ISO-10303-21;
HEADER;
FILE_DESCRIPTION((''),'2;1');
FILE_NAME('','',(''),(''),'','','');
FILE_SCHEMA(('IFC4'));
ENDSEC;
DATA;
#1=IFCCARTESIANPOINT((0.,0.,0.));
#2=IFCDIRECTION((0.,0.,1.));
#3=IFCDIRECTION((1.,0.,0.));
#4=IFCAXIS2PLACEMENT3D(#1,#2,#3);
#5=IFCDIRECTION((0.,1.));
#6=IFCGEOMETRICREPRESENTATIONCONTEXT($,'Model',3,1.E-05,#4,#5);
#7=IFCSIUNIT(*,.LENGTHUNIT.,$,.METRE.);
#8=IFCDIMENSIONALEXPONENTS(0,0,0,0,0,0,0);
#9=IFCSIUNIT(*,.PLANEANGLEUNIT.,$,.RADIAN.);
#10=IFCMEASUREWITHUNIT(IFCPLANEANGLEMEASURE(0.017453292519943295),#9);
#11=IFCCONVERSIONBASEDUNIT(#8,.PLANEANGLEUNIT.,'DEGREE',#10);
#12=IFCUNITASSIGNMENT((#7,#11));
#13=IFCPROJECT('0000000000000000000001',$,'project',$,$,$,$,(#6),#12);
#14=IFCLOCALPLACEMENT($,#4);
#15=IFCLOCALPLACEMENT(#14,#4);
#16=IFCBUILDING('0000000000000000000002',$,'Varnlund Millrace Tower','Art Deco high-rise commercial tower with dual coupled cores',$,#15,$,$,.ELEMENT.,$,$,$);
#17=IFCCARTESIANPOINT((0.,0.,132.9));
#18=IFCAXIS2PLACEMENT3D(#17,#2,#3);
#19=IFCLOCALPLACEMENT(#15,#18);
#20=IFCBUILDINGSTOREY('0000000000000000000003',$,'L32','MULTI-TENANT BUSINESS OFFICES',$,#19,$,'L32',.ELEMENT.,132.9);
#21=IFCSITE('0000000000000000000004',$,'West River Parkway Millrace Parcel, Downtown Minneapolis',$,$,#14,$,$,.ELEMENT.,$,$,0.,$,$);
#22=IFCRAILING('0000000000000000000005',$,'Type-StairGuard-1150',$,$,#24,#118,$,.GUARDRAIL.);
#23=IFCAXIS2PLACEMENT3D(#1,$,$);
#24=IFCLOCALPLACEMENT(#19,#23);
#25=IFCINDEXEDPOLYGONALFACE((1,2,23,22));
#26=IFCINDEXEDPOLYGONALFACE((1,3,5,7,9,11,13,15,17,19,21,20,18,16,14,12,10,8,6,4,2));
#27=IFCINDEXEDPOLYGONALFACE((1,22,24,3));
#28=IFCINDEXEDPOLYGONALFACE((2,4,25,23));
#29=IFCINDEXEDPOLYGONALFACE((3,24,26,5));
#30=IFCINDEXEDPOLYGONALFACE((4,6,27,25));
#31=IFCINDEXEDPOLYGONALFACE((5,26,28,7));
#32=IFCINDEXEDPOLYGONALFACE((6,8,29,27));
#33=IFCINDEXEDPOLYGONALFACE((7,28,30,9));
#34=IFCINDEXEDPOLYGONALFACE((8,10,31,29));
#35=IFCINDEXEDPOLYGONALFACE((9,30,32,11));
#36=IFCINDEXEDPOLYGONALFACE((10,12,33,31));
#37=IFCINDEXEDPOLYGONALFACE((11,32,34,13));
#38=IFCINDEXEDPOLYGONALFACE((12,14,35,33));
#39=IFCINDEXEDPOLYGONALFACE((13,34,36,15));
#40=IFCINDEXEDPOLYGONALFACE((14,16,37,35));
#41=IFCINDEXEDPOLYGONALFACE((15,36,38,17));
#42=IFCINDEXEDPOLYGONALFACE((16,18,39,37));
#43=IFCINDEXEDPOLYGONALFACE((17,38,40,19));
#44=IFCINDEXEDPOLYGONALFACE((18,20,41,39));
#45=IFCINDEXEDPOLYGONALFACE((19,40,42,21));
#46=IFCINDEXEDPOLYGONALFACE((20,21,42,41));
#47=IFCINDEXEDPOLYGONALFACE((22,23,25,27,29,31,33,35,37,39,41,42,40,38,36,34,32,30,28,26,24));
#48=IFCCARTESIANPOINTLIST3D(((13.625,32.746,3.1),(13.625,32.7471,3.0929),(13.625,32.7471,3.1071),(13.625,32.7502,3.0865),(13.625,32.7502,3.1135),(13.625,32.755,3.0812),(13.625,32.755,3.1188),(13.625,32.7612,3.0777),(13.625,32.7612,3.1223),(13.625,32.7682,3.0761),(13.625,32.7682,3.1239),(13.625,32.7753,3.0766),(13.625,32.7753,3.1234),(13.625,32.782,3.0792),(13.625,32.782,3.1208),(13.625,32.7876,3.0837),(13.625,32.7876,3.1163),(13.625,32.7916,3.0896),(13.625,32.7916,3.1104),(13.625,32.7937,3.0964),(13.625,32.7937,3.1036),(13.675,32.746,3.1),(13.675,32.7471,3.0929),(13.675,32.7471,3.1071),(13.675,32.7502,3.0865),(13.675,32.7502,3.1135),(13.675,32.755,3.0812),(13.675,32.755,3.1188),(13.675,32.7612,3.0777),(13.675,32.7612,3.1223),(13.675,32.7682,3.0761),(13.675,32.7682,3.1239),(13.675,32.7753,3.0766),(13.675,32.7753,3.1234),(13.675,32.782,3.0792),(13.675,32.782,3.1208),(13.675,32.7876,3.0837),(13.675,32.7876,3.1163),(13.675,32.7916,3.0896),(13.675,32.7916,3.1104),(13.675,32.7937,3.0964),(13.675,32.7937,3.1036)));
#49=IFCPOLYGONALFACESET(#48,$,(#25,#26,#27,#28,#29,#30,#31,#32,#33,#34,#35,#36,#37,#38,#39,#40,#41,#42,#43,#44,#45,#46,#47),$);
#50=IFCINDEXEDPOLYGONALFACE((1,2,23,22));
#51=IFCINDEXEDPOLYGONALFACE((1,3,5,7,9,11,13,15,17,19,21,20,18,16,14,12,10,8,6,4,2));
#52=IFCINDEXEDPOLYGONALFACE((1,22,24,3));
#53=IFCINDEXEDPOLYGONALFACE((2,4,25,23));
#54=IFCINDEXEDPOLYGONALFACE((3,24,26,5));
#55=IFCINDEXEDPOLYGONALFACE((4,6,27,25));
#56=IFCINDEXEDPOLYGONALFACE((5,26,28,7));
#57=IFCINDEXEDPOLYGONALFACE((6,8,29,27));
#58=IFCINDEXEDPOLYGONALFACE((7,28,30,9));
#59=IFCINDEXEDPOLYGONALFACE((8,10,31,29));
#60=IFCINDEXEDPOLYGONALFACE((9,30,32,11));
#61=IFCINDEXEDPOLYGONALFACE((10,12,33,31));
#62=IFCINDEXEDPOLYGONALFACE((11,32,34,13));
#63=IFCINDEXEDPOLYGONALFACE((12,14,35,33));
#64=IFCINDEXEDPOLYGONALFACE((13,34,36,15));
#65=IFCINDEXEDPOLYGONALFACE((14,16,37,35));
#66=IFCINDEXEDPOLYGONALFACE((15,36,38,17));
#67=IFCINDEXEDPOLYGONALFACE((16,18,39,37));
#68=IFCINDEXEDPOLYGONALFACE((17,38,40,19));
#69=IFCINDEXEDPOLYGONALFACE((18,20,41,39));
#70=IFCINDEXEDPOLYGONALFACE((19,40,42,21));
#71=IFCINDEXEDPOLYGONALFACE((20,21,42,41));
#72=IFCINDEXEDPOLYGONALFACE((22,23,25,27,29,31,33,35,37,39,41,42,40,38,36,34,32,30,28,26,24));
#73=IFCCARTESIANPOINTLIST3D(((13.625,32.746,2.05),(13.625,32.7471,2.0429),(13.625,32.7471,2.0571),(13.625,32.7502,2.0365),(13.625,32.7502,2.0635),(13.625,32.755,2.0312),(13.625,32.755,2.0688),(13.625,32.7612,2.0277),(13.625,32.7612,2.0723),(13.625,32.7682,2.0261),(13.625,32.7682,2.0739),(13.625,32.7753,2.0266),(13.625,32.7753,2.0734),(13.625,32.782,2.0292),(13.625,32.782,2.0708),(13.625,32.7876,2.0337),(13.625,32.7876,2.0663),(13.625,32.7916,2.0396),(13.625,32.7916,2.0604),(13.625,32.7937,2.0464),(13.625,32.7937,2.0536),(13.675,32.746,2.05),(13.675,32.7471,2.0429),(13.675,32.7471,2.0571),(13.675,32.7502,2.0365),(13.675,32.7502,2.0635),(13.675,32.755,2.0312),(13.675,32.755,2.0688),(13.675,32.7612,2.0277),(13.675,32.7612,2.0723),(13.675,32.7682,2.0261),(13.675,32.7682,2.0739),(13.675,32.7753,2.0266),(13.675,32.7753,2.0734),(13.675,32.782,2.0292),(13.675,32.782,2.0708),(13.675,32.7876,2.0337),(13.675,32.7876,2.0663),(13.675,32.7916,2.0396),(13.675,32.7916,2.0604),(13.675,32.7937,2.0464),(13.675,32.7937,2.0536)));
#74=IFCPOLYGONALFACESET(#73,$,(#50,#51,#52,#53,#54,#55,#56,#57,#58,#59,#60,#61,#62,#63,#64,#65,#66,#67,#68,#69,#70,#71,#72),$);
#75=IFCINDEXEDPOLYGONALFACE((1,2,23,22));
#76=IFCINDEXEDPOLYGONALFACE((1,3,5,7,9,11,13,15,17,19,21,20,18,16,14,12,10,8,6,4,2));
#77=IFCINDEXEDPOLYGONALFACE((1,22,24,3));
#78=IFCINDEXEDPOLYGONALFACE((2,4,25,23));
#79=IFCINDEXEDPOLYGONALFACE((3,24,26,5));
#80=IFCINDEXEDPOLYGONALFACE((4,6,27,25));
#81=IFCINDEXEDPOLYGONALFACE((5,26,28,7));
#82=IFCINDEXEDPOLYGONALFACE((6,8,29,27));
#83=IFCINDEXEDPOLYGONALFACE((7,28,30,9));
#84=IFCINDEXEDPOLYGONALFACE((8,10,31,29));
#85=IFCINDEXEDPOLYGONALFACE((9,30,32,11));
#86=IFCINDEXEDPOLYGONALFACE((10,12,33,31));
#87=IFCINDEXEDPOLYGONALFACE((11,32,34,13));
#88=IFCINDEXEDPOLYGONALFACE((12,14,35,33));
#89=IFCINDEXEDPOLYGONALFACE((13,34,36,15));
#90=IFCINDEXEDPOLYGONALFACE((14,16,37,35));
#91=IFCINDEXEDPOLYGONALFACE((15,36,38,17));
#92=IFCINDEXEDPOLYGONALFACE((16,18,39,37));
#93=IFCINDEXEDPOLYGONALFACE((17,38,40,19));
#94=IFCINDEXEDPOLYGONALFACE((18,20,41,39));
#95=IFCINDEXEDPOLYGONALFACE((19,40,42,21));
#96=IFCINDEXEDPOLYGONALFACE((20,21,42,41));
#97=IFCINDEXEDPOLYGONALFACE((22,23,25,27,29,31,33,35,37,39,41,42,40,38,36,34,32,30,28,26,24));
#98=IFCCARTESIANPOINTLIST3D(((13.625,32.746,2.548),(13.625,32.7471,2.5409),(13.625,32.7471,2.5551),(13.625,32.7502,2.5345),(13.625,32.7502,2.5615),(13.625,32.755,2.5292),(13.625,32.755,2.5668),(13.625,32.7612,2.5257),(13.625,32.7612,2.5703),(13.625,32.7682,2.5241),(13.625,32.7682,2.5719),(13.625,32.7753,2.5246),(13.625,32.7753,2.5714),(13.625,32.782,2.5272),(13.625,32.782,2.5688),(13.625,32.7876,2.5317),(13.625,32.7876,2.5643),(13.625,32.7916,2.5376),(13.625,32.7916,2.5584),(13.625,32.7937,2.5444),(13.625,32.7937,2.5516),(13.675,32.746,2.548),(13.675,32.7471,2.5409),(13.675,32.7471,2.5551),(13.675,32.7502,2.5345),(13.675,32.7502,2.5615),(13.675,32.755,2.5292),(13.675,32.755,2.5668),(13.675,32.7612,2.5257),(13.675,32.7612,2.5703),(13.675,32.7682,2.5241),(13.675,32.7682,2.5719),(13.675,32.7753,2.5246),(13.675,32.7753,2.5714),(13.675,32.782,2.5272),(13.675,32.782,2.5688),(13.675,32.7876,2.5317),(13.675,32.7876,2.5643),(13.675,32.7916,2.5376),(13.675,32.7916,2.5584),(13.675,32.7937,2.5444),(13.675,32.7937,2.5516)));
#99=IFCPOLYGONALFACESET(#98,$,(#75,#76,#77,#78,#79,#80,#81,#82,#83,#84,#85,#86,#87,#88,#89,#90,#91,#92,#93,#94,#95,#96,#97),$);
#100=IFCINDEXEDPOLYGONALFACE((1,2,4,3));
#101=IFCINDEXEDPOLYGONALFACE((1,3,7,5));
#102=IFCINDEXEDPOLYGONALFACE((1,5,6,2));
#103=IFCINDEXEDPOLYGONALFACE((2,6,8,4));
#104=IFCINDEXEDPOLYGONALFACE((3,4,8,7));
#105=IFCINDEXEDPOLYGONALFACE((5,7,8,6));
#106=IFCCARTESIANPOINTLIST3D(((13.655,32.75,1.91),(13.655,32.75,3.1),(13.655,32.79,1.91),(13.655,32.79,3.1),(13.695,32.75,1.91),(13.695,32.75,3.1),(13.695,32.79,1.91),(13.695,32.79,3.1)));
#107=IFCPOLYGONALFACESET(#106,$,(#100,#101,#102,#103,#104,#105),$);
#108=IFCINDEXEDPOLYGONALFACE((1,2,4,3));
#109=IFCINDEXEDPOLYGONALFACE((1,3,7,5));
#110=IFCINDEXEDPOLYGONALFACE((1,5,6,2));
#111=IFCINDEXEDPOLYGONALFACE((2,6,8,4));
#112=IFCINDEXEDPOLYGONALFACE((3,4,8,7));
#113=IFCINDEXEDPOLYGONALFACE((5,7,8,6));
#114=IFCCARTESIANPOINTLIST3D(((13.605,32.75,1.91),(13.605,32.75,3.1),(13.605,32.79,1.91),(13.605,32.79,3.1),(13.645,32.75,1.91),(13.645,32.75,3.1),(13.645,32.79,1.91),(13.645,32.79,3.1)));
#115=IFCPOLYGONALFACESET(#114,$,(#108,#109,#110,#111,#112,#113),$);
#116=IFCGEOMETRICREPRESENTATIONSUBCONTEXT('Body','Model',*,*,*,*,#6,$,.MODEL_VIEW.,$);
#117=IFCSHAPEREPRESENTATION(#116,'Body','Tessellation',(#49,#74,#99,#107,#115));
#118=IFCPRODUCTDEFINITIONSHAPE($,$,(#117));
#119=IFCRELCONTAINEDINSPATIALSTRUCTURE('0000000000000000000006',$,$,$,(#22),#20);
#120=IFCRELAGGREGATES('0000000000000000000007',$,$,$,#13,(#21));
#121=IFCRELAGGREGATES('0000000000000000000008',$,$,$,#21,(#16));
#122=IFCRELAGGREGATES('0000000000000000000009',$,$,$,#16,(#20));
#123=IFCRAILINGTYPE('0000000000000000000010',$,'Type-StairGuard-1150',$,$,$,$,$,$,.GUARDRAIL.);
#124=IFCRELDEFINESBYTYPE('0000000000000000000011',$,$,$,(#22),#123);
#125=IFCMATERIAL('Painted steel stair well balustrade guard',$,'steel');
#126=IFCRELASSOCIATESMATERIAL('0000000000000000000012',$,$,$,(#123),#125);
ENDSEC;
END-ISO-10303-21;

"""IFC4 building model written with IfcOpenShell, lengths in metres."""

from ifc_helpers import new_model, entity, si_unit, converted_unit, direction, frame, origin_with_axes, origin_2d_with_axis, place, context, subcontext, project, spatial, rectangle, circle, extrude, material, type_object, element, save


model = new_model("IFC4")

# Units and contexts
model_context = context("Model", 3, precision=1e-05, world=origin_with_axes(), true_north=direction((0.0, 1.0)))
body_context = subcontext(model_context, "Body", "Model", "MODEL_VIEW")
ifc_project = project(units=[si_unit("LENGTHUNIT", "METRE"), converted_unit("PLANEANGLEUNIT", "DEGREE", entity("IfcPlaneAngleMeasure", 0.017453292519943295), si_unit("PLANEANGLEUNIT", "RADIAN"), dimensions=[0, 0, 0, 0, 0, 0, 0])], contexts=[model_context])

# Site, building, storey
site_placement = place(None, origin_with_axes())
site = spatial("IfcSite", under=ifc_project, at=site_placement, Name="West River Parkway Millrace Parcel, Downtown Minneapolis", CompositionType="ELEMENT", RefElevation=0.0)
building_placement = place(site_placement, origin_with_axes())
building = spatial("IfcBuilding", under=site, at=building_placement, Name="Varnlund Millrace Tower", Description="Art Deco high-rise commercial tower with dual coupled cores", CompositionType="ELEMENT")
storey_placement = place(building_placement, frame((0.0, 0.0, 132.9), z_axis=(0.0, 0.0, 1.0), x_axis=(1.0, 0.0, 0.0)))
storey = spatial("IfcBuildingStorey", under=building, at=storey_placement, Name="L32", Description="MULTI-TENANT BUSINESS OFFICES", LongName="L32", CompositionType="ELEMENT", Elevation=132.9)

# Railing
ifc_material_1 = material(Name="Painted steel stair well balustrade guard", Category="steel")
railing_type_1 = type_object("IfcRailingType", Name="Type-StairGuard-1150", PredefinedType="GUARDRAIL", material=ifc_material_1)
railing_1_placement = place(storey_placement, frame((0.0, 0.0, -132.9), z_axis=(0.0, 0.0, 1.0), x_axis=(1.0, 0.0, 0.0)))
element("IfcRailing", 1, at=railing_1_placement, inside=storey, type_object=railing_type_1, Name="Type-StairGuard-1150", PredefinedType="GUARDRAIL", context=body_context, shape_type="SweptSolid", body=[
    extrude(circle(Radius=0.024, at=origin_2d_with_axis()), frame((13.675, 32.77, 136.0), z_axis=(-1.0, 0.0, 0.0), x_axis=(0.0, -1.0, 0.0)), (0.0, 0.0, 1.0), 0.05),
    extrude(circle(Radius=0.024, at=origin_2d_with_axis()), frame((13.675, 32.77, 134.95), z_axis=(-1.0, 0.0, 0.0), x_axis=(0.0, -1.0, 0.0)), (0.0, 0.0, 1.0), 0.05),
    extrude(circle(Radius=0.024, at=origin_2d_with_axis()), frame((13.675, 32.77, 135.448), z_axis=(-1.0, 0.0, 0.0), x_axis=(0.0, -1.0, 0.0)), (0.0, 0.0, 1.0), 0.05),
    extrude(rectangle(XDim=0.04, YDim=0.04, at=origin_2d_with_axis()), frame((13.675, 32.77, 134.81), z_axis=(0.0, 0.0, 1.0), x_axis=(1.0, 0.0, 0.0)), (0.0, 0.0, 1.0), 1.19),
    extrude(rectangle(XDim=0.04, YDim=0.04, at=origin_2d_with_axis()), frame((13.625, 32.77, 134.81), z_axis=(0.0, 0.0, 1.0), x_axis=(1.0, 0.0, 0.0)), (0.0, 0.0, 1.0), 1.19),
])

save(model, "model.ifc")
